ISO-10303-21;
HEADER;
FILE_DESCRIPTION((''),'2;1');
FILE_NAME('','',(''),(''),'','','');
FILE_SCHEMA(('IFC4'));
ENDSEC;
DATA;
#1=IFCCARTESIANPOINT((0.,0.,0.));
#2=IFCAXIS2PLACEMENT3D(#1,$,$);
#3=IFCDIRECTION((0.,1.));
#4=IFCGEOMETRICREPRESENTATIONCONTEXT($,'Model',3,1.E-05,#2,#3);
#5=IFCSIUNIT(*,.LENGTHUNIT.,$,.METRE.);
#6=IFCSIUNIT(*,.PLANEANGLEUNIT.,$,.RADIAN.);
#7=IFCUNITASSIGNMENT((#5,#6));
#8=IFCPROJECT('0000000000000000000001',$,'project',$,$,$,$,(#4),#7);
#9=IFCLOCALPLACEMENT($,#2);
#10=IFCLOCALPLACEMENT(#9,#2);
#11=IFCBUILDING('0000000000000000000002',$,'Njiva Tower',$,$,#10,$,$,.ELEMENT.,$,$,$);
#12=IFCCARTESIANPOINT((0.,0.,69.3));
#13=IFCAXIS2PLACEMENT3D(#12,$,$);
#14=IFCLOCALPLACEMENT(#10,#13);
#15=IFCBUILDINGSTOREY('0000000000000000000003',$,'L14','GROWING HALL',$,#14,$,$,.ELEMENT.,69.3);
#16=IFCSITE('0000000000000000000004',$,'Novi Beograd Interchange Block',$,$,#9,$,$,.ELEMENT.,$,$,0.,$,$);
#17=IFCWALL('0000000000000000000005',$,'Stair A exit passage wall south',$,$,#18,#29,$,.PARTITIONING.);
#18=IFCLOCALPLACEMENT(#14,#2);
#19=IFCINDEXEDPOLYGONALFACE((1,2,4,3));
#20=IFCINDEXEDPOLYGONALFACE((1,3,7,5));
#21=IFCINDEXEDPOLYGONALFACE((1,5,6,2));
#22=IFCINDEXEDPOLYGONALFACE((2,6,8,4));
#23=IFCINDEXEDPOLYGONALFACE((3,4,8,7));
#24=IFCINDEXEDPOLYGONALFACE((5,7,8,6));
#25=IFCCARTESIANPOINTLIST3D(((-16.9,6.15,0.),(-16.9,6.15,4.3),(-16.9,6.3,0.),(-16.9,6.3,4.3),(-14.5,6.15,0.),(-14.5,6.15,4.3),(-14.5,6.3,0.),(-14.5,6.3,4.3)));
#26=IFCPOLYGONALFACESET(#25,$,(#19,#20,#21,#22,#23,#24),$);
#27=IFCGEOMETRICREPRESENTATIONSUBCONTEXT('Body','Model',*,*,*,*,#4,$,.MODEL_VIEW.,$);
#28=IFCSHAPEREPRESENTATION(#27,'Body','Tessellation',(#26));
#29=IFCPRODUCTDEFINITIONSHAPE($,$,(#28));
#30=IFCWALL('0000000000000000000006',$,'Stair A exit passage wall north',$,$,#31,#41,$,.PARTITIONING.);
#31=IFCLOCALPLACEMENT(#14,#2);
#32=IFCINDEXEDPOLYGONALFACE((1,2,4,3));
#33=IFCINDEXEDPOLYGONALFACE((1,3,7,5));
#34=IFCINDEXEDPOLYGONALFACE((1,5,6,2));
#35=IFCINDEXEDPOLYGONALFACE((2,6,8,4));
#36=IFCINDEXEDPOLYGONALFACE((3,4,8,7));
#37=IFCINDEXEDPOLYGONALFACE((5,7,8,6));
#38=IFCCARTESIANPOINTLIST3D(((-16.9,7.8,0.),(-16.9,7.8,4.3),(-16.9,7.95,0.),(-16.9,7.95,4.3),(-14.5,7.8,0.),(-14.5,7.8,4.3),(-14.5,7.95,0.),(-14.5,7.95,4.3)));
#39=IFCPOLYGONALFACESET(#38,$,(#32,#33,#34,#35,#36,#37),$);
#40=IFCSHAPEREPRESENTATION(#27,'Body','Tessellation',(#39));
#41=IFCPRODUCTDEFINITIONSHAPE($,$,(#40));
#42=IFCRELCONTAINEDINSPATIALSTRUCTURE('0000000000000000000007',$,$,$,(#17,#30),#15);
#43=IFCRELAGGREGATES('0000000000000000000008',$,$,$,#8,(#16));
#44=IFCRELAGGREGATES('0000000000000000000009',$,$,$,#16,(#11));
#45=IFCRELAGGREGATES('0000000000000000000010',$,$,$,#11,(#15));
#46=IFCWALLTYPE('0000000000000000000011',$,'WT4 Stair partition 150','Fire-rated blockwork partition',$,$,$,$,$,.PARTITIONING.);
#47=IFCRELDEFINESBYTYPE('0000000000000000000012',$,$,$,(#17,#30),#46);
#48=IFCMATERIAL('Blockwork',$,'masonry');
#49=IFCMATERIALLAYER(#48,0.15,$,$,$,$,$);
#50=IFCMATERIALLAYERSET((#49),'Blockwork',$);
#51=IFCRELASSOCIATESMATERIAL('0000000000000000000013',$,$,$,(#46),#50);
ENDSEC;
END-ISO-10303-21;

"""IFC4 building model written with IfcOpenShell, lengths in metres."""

from ifc_helpers import new_model, si_unit, direction, frame, frame_2d, origin, place, context, subcontext, project, spatial, rectangle, extrude, material, layer, layer_set, type_object, element, save


model = new_model("IFC4")

# Units and contexts
model_context = context("Model", 3, precision=1e-05, world=origin(), true_north=direction((0.0, 1.0)))
body_context = subcontext(model_context, "Body", "Model", "MODEL_VIEW")
ifc_project = project(units=[si_unit("LENGTHUNIT", "METRE"), si_unit("PLANEANGLEUNIT", "RADIAN")], contexts=[model_context])

# Site, building, storey
site_placement = place(None, origin())
site = spatial("IfcSite", under=ifc_project, at=site_placement, Name="Novi Beograd Interchange Block", CompositionType="ELEMENT", RefElevation=0.0)
building_placement = place(site_placement, origin())
building = spatial("IfcBuilding", under=site, at=building_placement, Name="Njiva Tower", CompositionType="ELEMENT")
storey_placement = place(building_placement, frame((0.0, 0.0, 69.3)))
storey = spatial("IfcBuildingStorey", under=building, at=storey_placement, Name="L14", Description="GROWING HALL", CompositionType="ELEMENT", Elevation=69.3)

# Walls
ifc_material_1 = material(Name="Blockwork", Category="masonry")
ifc_layer_1 = layer(ifc_material_1, 0.15)
ifc_layer_set_1 = layer_set([ifc_layer_1], Name="Blockwork")
wall_type_1 = type_object("IfcWallType", Name="WT4 Stair partition 150", Description="Fire-rated blockwork partition", PredefinedType="PARTITIONING", material=ifc_layer_set_1)
for number, where, z_axis, x_axis, name in (
    (1, (-16.9, 6.225, 0.0), (0.0, 0.0, 1.0), (1.0, 0.0, 0.0), "Stair A exit passage wall south"),
    (2, (-16.9, 7.875, 0.0), (0.0, 0.0, 1.0), (1.0, 0.0, 0.0), "Stair A exit passage wall north"),
):
    element("IfcWall", number, at=place(storey_placement, frame(where, z_axis=z_axis, x_axis=x_axis)), inside=storey, type_object=wall_type_1, Name=name, PredefinedType="PARTITIONING", context=body_context, shape_type="SweptSolid", body=[
        extrude(rectangle(XDim=2.4, YDim=0.15, at=frame_2d((1.2, 0.0))), origin(), (0.0, 0.0, 1.0), 4.3),
    ])

save(model, "model.ifc")
